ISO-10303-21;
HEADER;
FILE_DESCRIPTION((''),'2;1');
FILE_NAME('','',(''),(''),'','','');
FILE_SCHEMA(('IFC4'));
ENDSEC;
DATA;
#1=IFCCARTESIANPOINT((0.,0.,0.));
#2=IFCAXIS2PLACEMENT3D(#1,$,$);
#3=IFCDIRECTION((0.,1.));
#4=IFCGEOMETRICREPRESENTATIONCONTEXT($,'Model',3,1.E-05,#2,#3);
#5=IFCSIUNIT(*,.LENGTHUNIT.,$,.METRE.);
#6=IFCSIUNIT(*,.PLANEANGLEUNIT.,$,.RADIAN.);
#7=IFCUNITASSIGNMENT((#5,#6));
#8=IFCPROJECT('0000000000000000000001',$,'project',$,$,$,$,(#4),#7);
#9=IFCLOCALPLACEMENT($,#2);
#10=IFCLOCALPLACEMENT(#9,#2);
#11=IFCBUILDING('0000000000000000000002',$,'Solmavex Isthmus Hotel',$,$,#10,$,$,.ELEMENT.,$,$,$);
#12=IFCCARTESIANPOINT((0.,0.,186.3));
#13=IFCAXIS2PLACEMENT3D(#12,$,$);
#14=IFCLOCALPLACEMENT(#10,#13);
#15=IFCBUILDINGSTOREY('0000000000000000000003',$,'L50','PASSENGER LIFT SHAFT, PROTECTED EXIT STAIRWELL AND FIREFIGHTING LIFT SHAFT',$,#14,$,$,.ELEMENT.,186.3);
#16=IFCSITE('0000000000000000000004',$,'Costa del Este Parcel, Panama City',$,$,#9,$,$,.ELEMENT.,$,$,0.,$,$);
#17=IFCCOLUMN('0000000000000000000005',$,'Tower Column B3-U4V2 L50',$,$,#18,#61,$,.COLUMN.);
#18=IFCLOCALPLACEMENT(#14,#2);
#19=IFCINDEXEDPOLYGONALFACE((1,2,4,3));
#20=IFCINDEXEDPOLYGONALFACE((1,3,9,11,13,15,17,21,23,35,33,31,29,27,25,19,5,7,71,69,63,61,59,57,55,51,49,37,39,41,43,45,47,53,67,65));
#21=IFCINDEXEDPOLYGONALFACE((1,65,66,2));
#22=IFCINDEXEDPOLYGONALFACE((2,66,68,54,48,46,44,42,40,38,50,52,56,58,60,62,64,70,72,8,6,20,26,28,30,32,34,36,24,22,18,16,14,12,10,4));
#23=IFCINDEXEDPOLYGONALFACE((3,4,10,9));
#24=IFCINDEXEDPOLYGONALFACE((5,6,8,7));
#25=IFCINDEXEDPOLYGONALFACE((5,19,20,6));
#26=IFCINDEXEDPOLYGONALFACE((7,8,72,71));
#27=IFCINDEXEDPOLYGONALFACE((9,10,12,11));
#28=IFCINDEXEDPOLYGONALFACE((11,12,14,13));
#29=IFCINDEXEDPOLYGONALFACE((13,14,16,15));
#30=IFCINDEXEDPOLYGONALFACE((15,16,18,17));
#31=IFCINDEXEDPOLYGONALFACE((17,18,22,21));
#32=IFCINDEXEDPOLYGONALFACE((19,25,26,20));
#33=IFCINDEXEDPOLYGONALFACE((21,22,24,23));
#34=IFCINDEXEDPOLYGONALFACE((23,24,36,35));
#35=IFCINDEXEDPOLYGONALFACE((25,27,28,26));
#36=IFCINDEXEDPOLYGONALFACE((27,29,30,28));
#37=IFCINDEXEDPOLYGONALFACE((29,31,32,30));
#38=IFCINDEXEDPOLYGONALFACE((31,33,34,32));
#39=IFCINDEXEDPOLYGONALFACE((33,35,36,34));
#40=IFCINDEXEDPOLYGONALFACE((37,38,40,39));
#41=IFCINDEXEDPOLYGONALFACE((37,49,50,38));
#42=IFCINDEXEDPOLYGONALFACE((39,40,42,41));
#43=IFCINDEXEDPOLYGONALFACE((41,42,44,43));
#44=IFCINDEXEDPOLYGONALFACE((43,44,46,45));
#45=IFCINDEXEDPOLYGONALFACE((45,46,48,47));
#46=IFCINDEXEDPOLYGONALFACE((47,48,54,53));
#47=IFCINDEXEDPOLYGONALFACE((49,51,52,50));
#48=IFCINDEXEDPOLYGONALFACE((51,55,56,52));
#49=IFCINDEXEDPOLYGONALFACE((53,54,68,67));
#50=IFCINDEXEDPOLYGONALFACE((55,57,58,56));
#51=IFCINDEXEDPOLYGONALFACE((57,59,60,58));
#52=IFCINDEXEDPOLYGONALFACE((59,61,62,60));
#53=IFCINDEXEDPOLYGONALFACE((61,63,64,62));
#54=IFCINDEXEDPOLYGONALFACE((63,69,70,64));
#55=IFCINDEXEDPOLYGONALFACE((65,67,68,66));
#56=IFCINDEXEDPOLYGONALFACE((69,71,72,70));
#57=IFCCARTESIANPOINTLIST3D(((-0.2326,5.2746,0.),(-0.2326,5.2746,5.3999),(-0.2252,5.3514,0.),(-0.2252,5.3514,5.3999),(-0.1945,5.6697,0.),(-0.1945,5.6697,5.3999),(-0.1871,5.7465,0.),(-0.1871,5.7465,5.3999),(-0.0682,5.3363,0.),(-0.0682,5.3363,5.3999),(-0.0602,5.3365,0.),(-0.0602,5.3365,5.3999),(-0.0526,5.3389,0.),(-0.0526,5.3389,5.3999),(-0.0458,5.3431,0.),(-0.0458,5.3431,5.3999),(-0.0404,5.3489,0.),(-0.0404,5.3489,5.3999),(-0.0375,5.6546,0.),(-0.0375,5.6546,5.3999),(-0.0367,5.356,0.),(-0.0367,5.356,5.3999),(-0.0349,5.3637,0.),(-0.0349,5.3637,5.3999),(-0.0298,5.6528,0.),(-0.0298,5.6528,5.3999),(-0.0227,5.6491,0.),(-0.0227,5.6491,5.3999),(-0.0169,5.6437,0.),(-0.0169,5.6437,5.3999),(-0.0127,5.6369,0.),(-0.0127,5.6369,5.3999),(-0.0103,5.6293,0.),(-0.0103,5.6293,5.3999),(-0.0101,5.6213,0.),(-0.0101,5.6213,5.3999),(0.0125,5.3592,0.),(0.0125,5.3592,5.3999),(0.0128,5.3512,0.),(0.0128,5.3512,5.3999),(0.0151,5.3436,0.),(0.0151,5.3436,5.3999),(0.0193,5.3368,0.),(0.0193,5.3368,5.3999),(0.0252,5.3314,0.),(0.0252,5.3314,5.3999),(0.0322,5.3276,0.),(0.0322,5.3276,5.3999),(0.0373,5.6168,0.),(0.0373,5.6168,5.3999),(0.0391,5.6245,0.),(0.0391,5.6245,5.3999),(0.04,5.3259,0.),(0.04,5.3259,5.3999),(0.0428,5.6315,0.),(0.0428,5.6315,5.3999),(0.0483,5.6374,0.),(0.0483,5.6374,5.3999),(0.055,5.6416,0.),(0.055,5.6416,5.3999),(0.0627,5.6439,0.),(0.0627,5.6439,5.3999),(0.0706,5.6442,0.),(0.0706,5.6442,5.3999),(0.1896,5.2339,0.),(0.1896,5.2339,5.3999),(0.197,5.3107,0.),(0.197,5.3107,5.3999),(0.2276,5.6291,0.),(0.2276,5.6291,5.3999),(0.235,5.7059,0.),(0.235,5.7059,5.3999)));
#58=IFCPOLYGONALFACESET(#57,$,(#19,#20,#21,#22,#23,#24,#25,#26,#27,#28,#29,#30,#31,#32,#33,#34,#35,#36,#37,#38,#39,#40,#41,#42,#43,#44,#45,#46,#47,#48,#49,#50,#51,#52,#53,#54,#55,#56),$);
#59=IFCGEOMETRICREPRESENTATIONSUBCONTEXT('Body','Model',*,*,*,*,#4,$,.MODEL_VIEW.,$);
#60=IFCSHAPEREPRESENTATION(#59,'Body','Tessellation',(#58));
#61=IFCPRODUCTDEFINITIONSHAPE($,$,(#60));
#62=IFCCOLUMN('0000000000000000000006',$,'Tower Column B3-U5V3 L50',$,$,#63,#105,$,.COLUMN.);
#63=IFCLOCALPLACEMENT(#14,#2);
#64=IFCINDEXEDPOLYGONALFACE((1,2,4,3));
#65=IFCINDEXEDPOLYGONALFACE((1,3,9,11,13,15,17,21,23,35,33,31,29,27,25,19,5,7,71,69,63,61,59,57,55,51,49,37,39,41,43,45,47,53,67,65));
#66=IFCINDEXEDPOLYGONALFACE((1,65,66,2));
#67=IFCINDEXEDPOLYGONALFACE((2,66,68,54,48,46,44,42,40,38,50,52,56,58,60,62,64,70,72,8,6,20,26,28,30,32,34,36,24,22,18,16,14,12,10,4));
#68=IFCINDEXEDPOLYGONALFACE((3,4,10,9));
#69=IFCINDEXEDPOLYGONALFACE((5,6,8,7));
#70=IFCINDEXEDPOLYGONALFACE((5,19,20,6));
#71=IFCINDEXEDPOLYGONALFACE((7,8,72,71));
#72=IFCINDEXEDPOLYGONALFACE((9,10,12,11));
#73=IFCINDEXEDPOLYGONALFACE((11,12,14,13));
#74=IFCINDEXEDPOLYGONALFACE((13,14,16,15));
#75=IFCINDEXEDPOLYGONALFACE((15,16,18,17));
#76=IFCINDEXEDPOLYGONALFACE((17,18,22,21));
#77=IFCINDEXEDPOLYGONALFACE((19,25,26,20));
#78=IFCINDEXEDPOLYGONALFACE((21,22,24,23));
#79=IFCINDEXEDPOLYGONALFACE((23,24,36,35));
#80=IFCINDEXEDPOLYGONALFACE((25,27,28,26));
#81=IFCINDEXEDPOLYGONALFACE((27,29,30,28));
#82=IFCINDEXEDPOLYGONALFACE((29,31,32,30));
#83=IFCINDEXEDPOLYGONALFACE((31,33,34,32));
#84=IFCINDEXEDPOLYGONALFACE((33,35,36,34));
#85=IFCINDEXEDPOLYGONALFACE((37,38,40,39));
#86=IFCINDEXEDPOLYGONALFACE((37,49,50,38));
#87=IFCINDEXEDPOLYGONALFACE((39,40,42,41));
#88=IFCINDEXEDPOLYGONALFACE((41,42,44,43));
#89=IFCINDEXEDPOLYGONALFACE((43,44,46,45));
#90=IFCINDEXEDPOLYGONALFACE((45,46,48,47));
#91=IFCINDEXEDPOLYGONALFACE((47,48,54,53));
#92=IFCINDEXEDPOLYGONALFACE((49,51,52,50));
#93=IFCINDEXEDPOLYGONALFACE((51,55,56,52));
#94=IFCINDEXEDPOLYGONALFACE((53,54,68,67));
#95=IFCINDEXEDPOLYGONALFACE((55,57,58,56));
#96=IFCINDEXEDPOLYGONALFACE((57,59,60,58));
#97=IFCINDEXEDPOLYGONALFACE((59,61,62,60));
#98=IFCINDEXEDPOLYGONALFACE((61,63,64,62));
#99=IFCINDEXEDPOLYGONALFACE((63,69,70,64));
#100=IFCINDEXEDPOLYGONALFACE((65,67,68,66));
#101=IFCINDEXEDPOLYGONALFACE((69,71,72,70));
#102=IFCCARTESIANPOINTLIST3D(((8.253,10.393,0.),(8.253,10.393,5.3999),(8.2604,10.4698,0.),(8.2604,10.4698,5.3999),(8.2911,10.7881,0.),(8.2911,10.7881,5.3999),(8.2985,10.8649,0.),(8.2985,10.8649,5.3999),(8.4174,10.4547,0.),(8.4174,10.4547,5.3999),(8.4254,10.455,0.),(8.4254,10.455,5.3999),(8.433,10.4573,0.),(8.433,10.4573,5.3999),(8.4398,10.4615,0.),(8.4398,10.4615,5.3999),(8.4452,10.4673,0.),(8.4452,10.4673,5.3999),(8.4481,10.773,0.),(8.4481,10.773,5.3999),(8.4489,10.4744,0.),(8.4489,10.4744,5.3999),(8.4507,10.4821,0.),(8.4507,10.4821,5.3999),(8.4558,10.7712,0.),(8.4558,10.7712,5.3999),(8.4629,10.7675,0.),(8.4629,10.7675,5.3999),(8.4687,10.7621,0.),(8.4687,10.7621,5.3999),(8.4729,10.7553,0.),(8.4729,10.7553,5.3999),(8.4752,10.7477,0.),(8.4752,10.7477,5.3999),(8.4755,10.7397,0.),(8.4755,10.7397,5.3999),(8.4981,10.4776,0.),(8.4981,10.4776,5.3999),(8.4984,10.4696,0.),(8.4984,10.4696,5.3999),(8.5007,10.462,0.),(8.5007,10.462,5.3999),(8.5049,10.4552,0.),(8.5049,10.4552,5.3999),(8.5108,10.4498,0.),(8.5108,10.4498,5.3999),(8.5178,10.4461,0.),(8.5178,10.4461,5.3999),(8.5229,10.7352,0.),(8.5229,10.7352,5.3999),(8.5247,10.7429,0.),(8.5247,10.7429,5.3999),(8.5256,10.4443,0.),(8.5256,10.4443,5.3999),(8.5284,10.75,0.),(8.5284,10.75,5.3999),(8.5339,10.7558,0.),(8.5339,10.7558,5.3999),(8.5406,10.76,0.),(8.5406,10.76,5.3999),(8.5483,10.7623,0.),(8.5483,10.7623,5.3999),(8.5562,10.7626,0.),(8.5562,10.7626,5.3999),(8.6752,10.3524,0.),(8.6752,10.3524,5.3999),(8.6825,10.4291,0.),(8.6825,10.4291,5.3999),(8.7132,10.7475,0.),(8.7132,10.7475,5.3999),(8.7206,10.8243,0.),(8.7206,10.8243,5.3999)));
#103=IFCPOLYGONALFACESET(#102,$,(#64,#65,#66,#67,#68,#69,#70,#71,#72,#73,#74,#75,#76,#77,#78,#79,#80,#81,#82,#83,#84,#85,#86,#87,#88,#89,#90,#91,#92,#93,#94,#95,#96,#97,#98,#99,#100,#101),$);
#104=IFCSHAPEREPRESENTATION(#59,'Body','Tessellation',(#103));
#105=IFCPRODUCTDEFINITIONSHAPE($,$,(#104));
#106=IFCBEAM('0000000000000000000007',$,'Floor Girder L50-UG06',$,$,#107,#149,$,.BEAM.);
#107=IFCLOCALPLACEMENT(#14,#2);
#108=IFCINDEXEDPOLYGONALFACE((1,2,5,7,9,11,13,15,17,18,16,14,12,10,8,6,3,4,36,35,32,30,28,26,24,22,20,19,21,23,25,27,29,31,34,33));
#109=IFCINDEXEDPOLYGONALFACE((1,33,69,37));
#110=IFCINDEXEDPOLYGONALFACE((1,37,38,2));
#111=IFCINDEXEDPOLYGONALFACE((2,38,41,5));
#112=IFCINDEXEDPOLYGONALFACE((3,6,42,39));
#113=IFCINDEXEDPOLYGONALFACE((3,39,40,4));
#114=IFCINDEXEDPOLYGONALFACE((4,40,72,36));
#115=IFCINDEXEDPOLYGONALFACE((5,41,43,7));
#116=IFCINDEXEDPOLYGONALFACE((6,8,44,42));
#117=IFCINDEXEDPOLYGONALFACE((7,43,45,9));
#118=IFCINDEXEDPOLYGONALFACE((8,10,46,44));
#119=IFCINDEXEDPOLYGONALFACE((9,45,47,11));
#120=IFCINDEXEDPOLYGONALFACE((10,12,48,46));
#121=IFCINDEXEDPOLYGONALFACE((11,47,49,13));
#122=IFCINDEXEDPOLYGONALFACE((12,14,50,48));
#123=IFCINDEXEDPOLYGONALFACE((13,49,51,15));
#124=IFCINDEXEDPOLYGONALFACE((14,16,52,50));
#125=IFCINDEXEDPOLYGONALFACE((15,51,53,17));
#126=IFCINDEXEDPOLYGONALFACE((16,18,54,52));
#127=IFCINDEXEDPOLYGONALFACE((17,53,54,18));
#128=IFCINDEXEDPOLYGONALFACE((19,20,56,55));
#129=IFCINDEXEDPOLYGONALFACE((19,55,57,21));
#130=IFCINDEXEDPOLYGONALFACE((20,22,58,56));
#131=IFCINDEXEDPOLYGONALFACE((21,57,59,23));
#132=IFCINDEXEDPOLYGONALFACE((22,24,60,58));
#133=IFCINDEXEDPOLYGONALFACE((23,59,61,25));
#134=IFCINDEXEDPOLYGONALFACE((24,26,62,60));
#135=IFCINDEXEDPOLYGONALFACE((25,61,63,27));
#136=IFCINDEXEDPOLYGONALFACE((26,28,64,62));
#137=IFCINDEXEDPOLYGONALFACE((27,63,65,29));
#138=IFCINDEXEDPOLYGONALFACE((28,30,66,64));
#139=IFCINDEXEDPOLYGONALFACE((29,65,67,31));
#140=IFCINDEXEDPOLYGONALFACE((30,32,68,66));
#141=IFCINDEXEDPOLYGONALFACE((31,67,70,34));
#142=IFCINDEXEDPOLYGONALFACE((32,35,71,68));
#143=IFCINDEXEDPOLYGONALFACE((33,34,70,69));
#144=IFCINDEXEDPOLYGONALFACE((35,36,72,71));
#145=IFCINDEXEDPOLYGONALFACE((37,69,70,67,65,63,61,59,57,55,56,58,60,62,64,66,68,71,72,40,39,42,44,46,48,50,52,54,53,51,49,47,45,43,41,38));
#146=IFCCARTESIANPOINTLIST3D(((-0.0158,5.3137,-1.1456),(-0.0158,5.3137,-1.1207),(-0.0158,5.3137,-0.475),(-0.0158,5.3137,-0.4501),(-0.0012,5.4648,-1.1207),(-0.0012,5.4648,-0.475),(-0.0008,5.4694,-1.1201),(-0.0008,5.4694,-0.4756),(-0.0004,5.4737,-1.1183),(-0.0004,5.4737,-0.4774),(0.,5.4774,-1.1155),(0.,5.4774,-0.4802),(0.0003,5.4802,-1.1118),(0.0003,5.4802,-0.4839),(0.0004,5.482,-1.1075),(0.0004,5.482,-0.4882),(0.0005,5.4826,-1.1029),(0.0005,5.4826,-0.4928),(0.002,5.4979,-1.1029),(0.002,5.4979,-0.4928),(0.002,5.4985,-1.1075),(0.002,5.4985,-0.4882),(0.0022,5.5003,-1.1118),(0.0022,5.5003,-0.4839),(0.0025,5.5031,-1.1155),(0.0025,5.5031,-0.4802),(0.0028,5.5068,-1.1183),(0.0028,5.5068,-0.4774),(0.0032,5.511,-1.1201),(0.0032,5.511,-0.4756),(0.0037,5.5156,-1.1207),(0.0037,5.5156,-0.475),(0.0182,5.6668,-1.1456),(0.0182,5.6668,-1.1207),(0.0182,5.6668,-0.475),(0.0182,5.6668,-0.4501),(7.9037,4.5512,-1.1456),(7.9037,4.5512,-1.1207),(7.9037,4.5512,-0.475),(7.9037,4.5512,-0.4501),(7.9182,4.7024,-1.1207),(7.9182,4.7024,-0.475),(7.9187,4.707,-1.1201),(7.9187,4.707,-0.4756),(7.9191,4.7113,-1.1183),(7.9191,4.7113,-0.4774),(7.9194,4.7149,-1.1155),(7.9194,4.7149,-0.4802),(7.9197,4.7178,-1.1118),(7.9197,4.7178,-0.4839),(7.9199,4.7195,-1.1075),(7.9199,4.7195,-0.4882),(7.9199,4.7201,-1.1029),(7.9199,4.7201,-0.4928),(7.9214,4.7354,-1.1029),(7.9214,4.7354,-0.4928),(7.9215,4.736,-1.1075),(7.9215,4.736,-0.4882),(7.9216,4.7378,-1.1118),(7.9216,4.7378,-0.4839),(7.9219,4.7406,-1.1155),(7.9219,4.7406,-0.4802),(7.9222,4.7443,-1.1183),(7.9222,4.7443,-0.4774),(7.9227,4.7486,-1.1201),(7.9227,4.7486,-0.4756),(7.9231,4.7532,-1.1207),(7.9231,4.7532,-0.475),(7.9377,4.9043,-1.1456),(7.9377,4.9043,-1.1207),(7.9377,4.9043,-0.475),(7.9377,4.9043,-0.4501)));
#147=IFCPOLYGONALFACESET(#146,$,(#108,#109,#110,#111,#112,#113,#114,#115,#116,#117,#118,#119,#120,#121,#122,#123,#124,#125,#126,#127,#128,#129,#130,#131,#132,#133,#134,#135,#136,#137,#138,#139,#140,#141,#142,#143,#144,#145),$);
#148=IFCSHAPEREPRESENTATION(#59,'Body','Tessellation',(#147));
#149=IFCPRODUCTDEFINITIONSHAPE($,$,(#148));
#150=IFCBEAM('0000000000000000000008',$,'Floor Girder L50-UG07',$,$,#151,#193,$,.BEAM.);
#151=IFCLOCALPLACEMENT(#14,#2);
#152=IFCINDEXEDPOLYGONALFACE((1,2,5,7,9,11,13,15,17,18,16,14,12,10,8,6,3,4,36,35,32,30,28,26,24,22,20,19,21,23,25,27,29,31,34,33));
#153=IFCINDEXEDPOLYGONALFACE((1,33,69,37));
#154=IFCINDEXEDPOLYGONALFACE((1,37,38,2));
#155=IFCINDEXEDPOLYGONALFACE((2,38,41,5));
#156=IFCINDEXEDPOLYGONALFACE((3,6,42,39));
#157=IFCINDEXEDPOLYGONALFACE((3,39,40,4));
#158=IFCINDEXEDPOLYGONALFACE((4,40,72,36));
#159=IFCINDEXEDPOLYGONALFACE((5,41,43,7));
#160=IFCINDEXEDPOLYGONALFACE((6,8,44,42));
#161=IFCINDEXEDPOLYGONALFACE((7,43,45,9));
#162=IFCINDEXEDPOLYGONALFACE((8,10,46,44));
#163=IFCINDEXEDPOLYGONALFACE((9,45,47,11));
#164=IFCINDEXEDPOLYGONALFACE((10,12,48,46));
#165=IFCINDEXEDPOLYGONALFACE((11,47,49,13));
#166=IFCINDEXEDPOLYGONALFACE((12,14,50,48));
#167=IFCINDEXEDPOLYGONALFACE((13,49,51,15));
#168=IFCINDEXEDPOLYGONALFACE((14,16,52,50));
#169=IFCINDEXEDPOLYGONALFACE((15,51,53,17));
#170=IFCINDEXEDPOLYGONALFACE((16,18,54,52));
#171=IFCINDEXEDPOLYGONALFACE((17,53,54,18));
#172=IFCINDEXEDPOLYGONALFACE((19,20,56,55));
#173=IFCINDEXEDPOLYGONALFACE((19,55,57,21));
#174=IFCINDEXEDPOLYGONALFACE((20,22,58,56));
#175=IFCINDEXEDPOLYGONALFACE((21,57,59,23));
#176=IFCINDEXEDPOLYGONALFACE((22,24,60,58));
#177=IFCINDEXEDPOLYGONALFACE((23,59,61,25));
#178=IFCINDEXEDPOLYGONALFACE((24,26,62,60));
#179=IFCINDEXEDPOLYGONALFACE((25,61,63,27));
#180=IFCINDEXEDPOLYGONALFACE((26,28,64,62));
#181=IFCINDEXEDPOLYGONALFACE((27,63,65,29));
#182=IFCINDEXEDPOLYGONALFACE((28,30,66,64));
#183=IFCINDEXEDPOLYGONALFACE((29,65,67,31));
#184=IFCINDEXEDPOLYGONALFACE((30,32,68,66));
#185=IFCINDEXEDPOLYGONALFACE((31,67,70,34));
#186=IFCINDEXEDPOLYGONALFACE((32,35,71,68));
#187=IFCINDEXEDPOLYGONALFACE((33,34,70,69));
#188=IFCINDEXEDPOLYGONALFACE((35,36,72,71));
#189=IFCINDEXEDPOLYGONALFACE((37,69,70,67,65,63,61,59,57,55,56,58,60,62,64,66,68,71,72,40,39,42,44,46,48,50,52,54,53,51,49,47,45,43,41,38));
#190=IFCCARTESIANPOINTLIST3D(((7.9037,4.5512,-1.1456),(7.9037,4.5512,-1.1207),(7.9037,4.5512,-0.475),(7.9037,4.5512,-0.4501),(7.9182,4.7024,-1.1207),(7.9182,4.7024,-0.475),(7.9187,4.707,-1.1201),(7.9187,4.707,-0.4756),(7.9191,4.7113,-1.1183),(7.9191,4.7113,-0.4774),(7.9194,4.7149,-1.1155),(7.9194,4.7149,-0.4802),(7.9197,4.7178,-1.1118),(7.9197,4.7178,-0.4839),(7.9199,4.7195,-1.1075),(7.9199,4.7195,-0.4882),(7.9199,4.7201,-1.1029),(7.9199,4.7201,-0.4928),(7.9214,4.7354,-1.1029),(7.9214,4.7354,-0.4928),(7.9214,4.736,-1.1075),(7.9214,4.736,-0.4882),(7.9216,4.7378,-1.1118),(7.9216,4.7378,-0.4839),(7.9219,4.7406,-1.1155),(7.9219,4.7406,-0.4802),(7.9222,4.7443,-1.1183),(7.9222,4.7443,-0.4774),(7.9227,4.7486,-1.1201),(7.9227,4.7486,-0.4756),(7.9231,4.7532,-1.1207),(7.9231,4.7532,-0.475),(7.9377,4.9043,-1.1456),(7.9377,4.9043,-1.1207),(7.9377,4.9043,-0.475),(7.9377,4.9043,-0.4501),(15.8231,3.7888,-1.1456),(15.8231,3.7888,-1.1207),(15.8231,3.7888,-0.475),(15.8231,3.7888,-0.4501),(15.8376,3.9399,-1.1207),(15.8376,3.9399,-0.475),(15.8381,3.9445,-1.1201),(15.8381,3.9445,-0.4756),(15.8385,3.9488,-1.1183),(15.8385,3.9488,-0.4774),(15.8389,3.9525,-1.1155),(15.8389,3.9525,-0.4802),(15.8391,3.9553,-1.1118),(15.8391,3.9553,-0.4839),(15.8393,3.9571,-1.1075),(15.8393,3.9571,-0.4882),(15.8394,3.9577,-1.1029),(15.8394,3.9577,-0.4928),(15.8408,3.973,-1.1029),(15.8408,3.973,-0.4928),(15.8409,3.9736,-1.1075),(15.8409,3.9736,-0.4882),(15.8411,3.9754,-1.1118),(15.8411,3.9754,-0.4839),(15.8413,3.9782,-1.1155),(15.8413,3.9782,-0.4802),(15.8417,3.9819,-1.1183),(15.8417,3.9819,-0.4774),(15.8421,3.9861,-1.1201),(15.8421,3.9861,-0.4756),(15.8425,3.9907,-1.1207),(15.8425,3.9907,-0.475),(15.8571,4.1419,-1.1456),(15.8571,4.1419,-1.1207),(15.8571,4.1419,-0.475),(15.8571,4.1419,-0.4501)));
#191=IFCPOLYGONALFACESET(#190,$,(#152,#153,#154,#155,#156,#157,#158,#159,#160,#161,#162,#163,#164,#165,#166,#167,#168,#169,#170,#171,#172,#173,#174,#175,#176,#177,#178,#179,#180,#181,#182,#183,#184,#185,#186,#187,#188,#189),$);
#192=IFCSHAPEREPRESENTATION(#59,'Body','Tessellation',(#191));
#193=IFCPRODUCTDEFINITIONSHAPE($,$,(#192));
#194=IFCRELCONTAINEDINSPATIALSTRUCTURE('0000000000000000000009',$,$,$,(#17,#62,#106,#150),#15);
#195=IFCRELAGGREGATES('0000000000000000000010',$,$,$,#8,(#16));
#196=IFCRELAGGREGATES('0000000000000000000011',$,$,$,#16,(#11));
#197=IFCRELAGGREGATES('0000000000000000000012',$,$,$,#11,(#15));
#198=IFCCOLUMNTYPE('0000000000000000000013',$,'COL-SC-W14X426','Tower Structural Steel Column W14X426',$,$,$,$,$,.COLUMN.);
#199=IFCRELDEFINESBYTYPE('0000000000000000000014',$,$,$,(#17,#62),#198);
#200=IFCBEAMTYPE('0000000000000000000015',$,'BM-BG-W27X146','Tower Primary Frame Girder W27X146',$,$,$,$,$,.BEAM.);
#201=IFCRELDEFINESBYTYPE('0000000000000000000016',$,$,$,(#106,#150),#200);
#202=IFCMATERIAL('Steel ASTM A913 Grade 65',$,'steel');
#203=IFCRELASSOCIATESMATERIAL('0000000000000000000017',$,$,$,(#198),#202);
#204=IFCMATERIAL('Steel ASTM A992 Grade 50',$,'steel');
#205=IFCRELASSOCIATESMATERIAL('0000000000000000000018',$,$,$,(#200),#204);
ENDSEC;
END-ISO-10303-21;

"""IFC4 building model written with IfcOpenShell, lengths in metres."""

from ifc_helpers import new_model, si_unit, direction, frame, origin, origin_2d, place, context, subcontext, project, spatial, i_section, extrude, material, material_profile, profile_set, type_object, element, save


model = new_model("IFC4")

# Units and contexts
model_context = context("Model", 3, precision=1e-05, world=origin(), true_north=direction((0.0, 1.0)))
body_context = subcontext(model_context, "Body", "Model", "MODEL_VIEW")
ifc_project = project(units=[si_unit("LENGTHUNIT", "METRE"), si_unit("PLANEANGLEUNIT", "RADIAN")], contexts=[model_context])

# Site, building, storey
site_placement = place(None, origin())
site = spatial("IfcSite", under=ifc_project, at=site_placement, Name="Costa del Este Parcel, Panama City", CompositionType="ELEMENT", RefElevation=0.0)
building_placement = place(site_placement, origin())
building = spatial("IfcBuilding", under=site, at=building_placement, Name="Solmavex Isthmus Hotel", CompositionType="ELEMENT")
storey_placement = place(building_placement, frame((0.0, 0.0, 186.3)))
storey = spatial("IfcBuildingStorey", under=building, at=storey_placement, Name="L50", Description="PASSENGER LIFT SHAFT, PROTECTED EXIT STAIRWELL AND FIREFIGHTING LIFT SHAFT", CompositionType="ELEMENT", Elevation=186.3)

# Columns
ifc_material_1 = material(Name="Steel ASTM A913 Grade 65", Category="steel")
ifc_material_profile_1 = material_profile(ifc_material_1, i_section(OverallWidth=0.4241, OverallDepth=0.4741, WebThickness=0.0476, FlangeThickness=0.0771, FilletRadius=0.0305, at=origin_2d()), Name="W14X426")
ifc_profile_set_1 = profile_set([ifc_material_profile_1], Name="Steel ASTM A913 Grade 65")
column_type = type_object("IfcColumnType", Name="COL-SC-W14X426", Description="Tower Structural Steel Column W14X426", PredefinedType="COLUMN", material=ifc_profile_set_1)
for number, where, z_axis, x_axis, name in (
    (1, (0.0012, 5.4902, 0.0), (0.0, 0.0, 1.0), (0.995396, -0.095846, 0.0), "Tower Column B3-U4V2 L50"),
    (2, (8.4868, 10.6086, 0.0), (0.0, 0.0, 1.0), (0.995396, -0.095846, 0.0), "Tower Column B3-U5V3 L50"),
):
    element("IfcColumn", number, at=place(storey_placement, frame(where, z_axis=z_axis, x_axis=x_axis)), inside=storey, type_object=column_type, Name=name, PredefinedType="COLUMN", context=body_context, shape_type="SweptSolid", body=[
        extrude(i_section(OverallWidth=0.4241, OverallDepth=0.4741, WebThickness=0.0476, FlangeThickness=0.0771, FilletRadius=0.0305, at=origin_2d()), origin(), (0.0, 0.0, 1.0), 5.3999),
    ])

# Beams
ifc_material_2 = material(Name="Steel ASTM A992 Grade 50", Category="steel")
ifc_material_profile_2 = material_profile(ifc_material_2, i_section(OverallWidth=0.3547, OverallDepth=0.6956, WebThickness=0.0154, FlangeThickness=0.0249, FilletRadius=0.0178, at=origin_2d()), Name="W27X146")
ifc_profile_set_2 = profile_set([ifc_material_profile_2], Name="Steel ASTM A992 Grade 50")
beam_type_1 = type_object("IfcBeamType", Name="BM-BG-W27X146", Description="Tower Primary Frame Girder W27X146", PredefinedType="BEAM", material=ifc_profile_set_2)
for number, where, z_axis, x_axis, name in (
    (3, (0.0012, 5.4902, -0.7979), (0.995397, -0.095833, 0.0), (0.095833, 0.995397, 0.0), "Floor Girder L50-UG06"),
    (4, (7.9207, 4.7278, -0.7979), (0.995397, -0.095833, 0.0), (0.095833, 0.995397, 0.0), "Floor Girder L50-UG07"),
):
    element("IfcBeam", number, at=place(storey_placement, frame(where, z_axis=z_axis, x_axis=x_axis)), inside=storey, type_object=beam_type_1, Name=name, PredefinedType="BEAM", context=body_context, shape_type="SweptSolid", body=[
        extrude(i_section(OverallWidth=0.3547, OverallDepth=0.6956, WebThickness=0.0154, FlangeThickness=0.0249, FilletRadius=0.0178, at=origin_2d()), origin(), (0.0, 0.0, 1.0), 7.9561),
    ])

save(model, "model.ifc")
